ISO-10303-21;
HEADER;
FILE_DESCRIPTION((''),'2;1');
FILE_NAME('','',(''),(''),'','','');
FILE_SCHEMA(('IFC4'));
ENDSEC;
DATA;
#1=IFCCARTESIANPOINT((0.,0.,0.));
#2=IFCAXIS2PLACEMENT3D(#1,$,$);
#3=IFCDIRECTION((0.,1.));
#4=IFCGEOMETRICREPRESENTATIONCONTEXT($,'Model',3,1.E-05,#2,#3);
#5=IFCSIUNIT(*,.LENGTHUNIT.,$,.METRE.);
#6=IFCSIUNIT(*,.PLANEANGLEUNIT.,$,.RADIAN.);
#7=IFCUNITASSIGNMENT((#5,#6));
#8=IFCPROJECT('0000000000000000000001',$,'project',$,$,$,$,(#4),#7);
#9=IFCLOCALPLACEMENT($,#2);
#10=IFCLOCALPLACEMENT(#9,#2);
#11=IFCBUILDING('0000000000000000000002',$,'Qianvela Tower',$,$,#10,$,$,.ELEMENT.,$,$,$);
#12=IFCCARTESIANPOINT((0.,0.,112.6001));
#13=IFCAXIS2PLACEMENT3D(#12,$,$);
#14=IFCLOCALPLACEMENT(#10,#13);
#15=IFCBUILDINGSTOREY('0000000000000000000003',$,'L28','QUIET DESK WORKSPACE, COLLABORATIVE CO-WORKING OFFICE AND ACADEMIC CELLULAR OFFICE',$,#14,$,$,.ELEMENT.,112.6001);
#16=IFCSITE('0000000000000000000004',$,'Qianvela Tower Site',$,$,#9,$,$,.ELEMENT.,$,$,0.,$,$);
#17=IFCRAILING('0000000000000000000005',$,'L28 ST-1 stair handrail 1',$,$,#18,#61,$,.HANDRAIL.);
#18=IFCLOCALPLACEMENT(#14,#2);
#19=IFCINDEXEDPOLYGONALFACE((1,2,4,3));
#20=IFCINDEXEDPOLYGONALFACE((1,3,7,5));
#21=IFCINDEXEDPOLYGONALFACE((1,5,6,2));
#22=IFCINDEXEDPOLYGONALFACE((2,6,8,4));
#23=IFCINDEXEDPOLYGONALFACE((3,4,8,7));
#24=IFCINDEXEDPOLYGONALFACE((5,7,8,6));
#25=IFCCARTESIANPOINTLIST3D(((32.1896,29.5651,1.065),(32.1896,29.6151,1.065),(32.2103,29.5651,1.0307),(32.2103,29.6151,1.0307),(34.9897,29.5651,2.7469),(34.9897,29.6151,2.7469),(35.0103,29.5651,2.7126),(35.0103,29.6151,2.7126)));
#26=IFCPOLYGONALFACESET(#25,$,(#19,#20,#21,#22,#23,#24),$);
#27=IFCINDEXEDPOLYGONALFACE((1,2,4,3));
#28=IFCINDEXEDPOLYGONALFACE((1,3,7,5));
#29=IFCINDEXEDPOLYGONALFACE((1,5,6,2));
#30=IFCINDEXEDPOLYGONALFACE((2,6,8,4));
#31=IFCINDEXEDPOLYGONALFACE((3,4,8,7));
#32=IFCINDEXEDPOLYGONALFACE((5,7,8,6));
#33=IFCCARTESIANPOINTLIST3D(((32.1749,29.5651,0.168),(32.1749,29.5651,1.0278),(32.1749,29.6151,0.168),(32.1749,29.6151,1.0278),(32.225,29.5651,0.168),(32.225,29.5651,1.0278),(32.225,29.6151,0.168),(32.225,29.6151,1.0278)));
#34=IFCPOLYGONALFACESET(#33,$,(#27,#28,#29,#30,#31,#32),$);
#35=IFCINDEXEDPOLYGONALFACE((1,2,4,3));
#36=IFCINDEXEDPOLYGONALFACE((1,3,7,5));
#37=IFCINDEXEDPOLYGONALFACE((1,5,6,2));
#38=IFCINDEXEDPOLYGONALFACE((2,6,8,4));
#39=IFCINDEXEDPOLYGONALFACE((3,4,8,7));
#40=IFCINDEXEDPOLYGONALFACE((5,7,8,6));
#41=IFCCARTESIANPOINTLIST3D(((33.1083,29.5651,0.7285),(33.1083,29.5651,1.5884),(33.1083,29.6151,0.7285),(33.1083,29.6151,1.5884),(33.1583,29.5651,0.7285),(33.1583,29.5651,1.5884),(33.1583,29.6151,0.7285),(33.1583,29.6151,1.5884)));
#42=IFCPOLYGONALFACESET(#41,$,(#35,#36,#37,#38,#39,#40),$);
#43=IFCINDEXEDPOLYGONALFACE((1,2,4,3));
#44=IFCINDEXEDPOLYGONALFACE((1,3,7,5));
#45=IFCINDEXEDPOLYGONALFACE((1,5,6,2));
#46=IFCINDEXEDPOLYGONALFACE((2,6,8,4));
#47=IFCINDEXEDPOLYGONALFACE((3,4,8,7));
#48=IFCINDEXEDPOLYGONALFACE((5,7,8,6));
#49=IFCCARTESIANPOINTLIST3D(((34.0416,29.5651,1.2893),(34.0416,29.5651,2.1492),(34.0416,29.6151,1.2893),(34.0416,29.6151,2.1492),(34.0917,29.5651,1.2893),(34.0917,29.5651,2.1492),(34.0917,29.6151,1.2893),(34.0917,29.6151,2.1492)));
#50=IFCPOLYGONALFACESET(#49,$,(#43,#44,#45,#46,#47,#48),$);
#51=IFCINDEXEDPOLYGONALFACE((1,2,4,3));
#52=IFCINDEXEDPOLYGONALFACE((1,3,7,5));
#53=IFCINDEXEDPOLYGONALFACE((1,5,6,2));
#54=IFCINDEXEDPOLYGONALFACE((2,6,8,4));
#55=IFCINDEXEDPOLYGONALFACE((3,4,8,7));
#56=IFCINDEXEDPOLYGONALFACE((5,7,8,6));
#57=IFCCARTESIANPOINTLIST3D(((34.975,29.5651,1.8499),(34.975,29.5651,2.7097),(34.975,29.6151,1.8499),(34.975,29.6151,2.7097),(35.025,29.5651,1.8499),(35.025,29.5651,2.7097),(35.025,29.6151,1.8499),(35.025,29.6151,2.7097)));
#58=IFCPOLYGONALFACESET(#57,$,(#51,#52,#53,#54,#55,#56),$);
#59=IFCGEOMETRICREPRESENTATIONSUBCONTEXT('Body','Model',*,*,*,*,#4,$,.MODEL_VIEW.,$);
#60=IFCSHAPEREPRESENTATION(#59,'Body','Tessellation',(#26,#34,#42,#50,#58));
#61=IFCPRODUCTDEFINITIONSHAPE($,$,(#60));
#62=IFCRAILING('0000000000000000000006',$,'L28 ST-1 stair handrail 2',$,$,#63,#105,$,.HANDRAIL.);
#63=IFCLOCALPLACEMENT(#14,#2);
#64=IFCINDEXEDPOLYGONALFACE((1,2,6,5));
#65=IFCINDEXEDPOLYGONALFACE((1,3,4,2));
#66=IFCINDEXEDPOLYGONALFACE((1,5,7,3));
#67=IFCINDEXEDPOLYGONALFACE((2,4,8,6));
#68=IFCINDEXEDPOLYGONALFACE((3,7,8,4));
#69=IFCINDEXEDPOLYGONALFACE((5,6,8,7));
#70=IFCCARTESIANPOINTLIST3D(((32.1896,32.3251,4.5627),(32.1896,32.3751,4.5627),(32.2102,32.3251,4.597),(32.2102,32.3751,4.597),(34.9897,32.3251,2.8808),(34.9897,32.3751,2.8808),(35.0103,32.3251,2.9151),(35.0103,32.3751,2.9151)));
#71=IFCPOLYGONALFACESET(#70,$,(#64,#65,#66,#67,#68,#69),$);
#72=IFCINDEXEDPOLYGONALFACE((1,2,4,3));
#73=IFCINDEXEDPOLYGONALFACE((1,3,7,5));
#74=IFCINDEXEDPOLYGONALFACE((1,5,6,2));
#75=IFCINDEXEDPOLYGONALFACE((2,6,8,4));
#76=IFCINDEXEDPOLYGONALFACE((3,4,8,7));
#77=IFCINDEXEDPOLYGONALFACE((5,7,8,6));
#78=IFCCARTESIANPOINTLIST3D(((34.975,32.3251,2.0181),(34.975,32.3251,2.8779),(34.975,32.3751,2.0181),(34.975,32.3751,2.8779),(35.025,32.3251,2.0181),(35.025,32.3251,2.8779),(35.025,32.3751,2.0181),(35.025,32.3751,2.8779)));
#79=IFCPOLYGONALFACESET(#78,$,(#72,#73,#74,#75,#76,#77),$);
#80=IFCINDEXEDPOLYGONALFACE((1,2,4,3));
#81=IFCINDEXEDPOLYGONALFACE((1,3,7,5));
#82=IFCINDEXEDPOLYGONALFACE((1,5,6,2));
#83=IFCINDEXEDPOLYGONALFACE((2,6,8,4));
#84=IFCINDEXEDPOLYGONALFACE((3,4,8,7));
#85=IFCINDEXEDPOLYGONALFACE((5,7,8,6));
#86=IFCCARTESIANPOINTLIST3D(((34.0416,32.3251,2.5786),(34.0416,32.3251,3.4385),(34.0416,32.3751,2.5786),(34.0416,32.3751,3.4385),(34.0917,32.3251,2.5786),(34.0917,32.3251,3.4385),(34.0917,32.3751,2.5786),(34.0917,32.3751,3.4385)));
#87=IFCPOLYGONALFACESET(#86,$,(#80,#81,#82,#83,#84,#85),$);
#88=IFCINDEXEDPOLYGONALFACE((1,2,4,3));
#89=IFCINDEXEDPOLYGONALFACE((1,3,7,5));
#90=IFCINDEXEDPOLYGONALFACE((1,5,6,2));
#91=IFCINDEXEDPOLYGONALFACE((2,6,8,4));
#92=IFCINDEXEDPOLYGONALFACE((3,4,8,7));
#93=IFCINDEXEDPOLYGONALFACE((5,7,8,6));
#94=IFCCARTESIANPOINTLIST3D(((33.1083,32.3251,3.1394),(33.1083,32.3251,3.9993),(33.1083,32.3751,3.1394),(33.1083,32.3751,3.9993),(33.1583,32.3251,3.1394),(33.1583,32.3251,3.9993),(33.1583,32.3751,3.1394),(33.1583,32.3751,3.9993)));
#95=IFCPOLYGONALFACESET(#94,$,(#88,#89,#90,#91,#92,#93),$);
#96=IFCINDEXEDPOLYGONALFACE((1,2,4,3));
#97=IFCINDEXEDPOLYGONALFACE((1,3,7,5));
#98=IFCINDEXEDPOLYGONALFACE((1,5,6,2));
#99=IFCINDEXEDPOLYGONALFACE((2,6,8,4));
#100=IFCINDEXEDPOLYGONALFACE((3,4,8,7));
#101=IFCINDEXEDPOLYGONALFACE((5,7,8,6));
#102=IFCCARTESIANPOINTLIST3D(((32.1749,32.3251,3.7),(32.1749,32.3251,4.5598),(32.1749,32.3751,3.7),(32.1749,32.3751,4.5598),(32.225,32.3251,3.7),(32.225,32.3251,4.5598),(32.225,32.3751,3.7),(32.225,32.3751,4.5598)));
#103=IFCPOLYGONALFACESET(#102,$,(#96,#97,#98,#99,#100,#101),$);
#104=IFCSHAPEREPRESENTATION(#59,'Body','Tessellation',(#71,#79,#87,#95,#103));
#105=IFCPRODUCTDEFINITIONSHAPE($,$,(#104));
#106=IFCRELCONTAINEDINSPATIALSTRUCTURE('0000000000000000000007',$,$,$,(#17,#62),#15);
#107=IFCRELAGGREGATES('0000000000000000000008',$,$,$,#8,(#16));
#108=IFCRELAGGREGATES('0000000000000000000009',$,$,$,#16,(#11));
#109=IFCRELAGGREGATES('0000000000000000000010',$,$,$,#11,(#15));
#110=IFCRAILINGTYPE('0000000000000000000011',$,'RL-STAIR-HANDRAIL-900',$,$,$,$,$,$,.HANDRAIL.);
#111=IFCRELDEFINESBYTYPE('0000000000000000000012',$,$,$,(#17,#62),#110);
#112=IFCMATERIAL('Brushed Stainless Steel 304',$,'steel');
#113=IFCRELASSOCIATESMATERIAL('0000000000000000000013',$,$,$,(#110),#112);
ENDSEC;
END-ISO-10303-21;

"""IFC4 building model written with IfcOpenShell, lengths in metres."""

from ifc_helpers import new_model, si_unit, direction, frame, origin, origin_2d, place, context, subcontext, project, spatial, rectangle, extrude, material, type_object, element, save


model = new_model("IFC4")

# Units and contexts
model_context = context("Model", 3, precision=1e-05, world=origin(), true_north=direction((0.0, 1.0)))
body_context = subcontext(model_context, "Body", "Model", "MODEL_VIEW")
ifc_project = project(units=[si_unit("LENGTHUNIT", "METRE"), si_unit("PLANEANGLEUNIT", "RADIAN")], contexts=[model_context])

# Site, building, storey
site_placement = place(None, origin())
site = spatial("IfcSite", under=ifc_project, at=site_placement, Name="Qianvela Tower Site", CompositionType="ELEMENT", RefElevation=0.0)
building_placement = place(site_placement, origin())
building = spatial("IfcBuilding", under=site, at=building_placement, Name="Qianvela Tower", CompositionType="ELEMENT")
storey_placement = place(building_placement, frame((0.0, 0.0, 112.6001)))
storey = spatial("IfcBuildingStorey", under=building, at=storey_placement, Name="L28", Description="QUIET DESK WORKSPACE, COLLABORATIVE CO-WORKING OFFICE AND ACADEMIC CELLULAR OFFICE", CompositionType="ELEMENT", Elevation=112.6001)

# Railings
ifc_material_1 = material(Name="Brushed Stainless Steel 304", Category="steel")
railing_type_1 = type_object("IfcRailingType", Name="RL-STAIR-HANDRAIL-900", PredefinedType="HANDRAIL", material=ifc_material_1)
railing_1_placement = place(storey_placement, frame((32.2, 29.5901, 0.168)))
element("IfcRailing", 1, at=railing_1_placement, inside=storey, type_object=railing_type_1, Name="L28 ST-1 stair handrail 1", PredefinedType="HANDRAIL", context=body_context, shape_type="SweptSolid", body=[
    extrude(rectangle(XDim=0.05, YDim=0.04, at=origin_2d()), frame((0.0, 0.0, 0.8799), z_axis=(0.857242, 0.0, 0.514913), x_axis=(0.0, 1.0, 0.0)), (0.0, 0.0, 1.0), 3.2664),
    extrude(rectangle(XDim=0.05, YDim=0.05, at=origin_2d()), origin(), (0.0, 0.0, 1.0), 0.8599),
    extrude(rectangle(XDim=0.05, YDim=0.05, at=origin_2d()), frame((0.9333, 0.0, 0.5605)), (0.0, 0.0, 1.0), 0.8599),
    extrude(rectangle(XDim=0.05, YDim=0.05, at=origin_2d()), frame((1.8667, 0.0, 1.1213)), (0.0, 0.0, 1.0), 0.8599),
    extrude(rectangle(XDim=0.05, YDim=0.05, at=origin_2d()), frame((2.8, 0.0, 1.6819)), (0.0, 0.0, 1.0), 0.8599),
])
railing_2_placement = place(storey_placement, frame((35.0, 32.3501, 2.0181)))
element("IfcRailing", 2, at=railing_2_placement, inside=storey, type_object=railing_type_1, Name="L28 ST-1 stair handrail 2", PredefinedType="HANDRAIL", context=body_context, shape_type="SweptSolid", body=[
    extrude(rectangle(XDim=0.05, YDim=0.04, at=origin_2d()), frame((0.0, 0.0, 0.8799), z_axis=(-0.857242, 0.0, 0.514913), x_axis=(0.0, -1.0, 0.0)), (0.0, 0.0, 1.0), 3.2664),
    extrude(rectangle(XDim=0.05, YDim=0.05, at=origin_2d()), origin(), (0.0, 0.0, 1.0), 0.8599),
    extrude(rectangle(XDim=0.05, YDim=0.05, at=origin_2d()), frame((-0.9333, 0.0, 0.5605)), (0.0, 0.0, 1.0), 0.8599),
    extrude(rectangle(XDim=0.05, YDim=0.05, at=origin_2d()), frame((-1.8667, 0.0, 1.1213)), (0.0, 0.0, 1.0), 0.8599),
    extrude(rectangle(XDim=0.05, YDim=0.05, at=origin_2d()), frame((-2.8, 0.0, 1.6819)), (0.0, 0.0, 1.0), 0.8599),
])

save(model, "model.ifc")
